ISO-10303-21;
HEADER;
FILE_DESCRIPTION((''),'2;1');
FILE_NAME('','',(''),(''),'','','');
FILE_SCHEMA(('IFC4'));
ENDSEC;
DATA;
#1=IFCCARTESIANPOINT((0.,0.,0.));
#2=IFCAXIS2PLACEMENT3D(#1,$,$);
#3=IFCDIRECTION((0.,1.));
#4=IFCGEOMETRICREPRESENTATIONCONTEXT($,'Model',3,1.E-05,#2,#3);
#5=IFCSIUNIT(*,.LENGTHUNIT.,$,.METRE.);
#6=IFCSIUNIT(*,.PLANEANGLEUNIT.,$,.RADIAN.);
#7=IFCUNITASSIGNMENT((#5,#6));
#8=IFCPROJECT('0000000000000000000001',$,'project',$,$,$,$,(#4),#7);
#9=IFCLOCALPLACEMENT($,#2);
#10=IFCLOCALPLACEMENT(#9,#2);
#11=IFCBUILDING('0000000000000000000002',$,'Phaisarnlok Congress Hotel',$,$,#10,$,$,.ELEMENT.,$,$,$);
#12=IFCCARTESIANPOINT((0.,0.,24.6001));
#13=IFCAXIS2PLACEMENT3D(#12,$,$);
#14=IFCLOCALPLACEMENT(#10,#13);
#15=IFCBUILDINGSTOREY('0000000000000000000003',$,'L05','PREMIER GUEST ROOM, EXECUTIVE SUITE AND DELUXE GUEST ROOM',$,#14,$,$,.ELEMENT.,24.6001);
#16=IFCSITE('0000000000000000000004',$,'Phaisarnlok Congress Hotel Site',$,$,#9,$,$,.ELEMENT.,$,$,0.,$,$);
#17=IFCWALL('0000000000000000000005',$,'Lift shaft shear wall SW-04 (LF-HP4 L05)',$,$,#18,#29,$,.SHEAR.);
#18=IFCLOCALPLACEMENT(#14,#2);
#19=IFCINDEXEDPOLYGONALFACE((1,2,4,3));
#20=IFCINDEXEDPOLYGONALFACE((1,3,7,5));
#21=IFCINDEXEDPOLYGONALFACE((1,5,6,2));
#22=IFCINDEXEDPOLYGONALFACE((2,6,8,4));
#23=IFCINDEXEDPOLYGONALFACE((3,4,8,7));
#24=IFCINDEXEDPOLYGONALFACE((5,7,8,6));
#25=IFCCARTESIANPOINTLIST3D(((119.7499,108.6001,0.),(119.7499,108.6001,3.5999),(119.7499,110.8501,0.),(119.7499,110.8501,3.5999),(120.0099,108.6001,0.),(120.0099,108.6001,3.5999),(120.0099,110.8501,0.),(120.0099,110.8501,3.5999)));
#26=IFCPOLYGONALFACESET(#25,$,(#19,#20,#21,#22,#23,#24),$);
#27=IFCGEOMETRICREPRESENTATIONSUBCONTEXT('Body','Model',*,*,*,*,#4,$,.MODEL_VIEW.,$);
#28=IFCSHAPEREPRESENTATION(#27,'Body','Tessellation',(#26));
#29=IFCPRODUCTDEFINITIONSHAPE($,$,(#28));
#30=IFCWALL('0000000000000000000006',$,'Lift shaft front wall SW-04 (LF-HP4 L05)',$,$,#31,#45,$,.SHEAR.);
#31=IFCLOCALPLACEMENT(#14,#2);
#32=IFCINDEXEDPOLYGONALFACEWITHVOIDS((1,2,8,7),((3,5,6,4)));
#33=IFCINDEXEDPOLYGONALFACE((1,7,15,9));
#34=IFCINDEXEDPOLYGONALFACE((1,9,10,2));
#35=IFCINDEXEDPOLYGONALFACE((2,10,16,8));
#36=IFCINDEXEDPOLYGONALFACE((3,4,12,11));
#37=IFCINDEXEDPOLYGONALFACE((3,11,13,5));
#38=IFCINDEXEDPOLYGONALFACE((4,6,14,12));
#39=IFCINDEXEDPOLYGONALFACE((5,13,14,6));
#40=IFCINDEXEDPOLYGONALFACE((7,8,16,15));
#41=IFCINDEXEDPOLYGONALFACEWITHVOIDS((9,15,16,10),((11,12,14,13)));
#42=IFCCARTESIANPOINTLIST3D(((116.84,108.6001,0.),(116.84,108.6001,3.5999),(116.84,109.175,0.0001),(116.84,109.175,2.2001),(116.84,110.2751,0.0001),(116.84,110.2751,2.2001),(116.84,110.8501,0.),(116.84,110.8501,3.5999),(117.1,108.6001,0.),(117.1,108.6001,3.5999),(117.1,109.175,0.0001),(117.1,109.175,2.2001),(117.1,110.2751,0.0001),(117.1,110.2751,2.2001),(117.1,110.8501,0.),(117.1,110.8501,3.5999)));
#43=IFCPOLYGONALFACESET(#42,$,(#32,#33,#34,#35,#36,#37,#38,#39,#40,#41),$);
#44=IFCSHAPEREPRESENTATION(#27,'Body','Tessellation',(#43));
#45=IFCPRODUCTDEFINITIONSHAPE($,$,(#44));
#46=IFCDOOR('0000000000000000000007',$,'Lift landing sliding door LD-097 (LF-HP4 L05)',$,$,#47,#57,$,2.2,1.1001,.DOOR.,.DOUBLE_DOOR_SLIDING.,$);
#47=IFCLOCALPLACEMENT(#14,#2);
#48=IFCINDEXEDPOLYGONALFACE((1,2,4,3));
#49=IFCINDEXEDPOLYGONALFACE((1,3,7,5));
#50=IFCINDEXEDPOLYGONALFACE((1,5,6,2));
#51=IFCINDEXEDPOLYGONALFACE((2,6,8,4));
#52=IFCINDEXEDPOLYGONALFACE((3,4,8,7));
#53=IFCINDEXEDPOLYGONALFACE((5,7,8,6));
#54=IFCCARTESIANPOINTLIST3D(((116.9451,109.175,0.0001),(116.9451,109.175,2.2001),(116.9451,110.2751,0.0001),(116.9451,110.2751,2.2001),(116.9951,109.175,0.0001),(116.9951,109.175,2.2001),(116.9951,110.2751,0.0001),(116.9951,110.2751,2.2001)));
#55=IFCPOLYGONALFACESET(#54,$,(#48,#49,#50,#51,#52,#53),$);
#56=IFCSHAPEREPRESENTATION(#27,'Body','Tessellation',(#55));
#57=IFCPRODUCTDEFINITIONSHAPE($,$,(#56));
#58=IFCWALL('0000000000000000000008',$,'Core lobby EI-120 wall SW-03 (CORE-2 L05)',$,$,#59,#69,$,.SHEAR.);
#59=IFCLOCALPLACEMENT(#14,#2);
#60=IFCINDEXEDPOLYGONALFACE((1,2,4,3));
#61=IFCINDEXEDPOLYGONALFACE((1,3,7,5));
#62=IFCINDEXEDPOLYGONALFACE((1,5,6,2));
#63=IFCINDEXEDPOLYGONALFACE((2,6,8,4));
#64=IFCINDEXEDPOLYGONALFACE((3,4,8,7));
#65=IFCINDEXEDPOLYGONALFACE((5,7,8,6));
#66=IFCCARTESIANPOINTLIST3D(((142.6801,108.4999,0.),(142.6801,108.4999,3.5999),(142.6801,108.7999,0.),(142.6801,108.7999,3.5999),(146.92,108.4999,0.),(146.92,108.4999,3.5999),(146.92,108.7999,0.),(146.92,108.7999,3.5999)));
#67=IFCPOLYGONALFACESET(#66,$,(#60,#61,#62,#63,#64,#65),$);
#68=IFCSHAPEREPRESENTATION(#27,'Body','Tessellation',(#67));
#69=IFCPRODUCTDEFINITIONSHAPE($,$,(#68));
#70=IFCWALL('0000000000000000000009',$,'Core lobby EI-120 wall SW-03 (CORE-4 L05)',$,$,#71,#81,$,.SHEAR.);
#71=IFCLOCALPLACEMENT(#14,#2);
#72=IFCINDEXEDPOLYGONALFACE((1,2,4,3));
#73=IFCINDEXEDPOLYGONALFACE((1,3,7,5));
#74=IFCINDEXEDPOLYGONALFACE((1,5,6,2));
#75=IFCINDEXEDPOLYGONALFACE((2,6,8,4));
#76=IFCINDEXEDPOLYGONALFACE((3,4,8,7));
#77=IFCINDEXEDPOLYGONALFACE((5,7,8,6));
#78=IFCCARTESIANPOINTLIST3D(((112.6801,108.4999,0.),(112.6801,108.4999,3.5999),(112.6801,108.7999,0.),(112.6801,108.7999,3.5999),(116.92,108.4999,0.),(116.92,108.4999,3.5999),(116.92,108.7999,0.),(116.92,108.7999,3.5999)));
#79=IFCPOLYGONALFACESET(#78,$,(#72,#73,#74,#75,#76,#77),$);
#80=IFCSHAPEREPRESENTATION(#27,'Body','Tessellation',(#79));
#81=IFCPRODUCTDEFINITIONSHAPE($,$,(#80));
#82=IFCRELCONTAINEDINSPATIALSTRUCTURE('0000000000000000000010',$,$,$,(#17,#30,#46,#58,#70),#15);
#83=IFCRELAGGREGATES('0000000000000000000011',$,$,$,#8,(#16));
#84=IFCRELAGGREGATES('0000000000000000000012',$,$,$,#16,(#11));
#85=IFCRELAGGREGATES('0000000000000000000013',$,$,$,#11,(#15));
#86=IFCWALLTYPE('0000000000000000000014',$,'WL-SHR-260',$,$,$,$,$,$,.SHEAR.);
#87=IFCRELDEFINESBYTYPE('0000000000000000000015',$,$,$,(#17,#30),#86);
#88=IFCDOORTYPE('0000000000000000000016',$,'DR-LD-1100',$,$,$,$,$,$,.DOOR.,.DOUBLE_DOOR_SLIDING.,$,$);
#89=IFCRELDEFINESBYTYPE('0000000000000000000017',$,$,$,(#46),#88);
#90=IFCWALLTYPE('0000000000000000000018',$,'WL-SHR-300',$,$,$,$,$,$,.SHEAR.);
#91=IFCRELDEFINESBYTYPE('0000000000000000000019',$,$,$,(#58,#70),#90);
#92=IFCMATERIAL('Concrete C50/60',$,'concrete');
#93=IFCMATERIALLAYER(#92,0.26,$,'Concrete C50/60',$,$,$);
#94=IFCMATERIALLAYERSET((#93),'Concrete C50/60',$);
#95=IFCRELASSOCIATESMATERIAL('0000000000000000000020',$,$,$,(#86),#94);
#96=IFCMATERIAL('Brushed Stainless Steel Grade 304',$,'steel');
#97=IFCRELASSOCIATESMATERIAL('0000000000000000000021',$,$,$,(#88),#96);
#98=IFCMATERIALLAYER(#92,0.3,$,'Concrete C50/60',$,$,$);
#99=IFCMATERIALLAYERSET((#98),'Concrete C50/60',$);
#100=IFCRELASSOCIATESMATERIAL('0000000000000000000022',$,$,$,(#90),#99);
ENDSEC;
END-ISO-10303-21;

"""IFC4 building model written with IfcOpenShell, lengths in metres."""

from ifc_helpers import new_model, si_unit, direction, frame, frame_2d, origin, place, context, subcontext, project, spatial, rectangle, extrude, material, layer, layer_set, type_object, element, fill, save


model = new_model("IFC4")

# Units and contexts
model_context = context("Model", 3, precision=1e-05, world=origin(), true_north=direction((0.0, 1.0)))
body_context = subcontext(model_context, "Body", "Model", "MODEL_VIEW")
ifc_project = project(units=[si_unit("LENGTHUNIT", "METRE"), si_unit("PLANEANGLEUNIT", "RADIAN")], contexts=[model_context])

# Site, building, storey
site_placement = place(None, origin())
site = spatial("IfcSite", under=ifc_project, at=site_placement, Name="Phaisarnlok Congress Hotel Site", CompositionType="ELEMENT", RefElevation=0.0)
building_placement = place(site_placement, origin())
building = spatial("IfcBuilding", under=site, at=building_placement, Name="Phaisarnlok Congress Hotel", CompositionType="ELEMENT")
storey_placement = place(building_placement, frame((0.0, 0.0, 24.6001)))
storey = spatial("IfcBuildingStorey", under=building, at=storey_placement, Name="L05", Description="PREMIER GUEST ROOM, EXECUTIVE SUITE AND DELUXE GUEST ROOM", CompositionType="ELEMENT", Elevation=24.6001)

# Shared definitions
ifc_material_1 = material(Name="Concrete C50/60", Category="concrete")
ifc_layer_1 = layer(ifc_material_1, 0.26, Name="Concrete C50/60")
ifc_layer_set_1 = layer_set([ifc_layer_1], Name="Concrete C50/60")
wall_type_1 = type_object("IfcWallType", Name="WL-SHR-260", PredefinedType="SHEAR", material=ifc_layer_set_1)

# Shared definitions
ifc_material_2 = material(Name="Brushed Stainless Steel Grade 304", Category="steel")
door_type = type_object("IfcDoorType", Name="DR-LD-1100", OperationType="DOUBLE_DOOR_SLIDING", PredefinedType="DOOR", material=ifc_material_2)

# Wall
wall_1_placement = place(storey_placement, frame((119.8799, 108.6001, 0.0), z_axis=(0.0, 0.0, 1.0), x_axis=(0.0, 1.0, 0.0)))
element("IfcWall", 1, at=wall_1_placement, inside=storey, type_object=wall_type_1, Name="Lift shaft shear wall SW-04 (LF-HP4 L05)", PredefinedType="SHEAR", context=body_context, shape_type="SweptSolid", body=[
    extrude(rectangle(XDim=2.25, YDim=0.26, at=frame_2d((1.125, 0.0))), origin(), (0.0, 0.0, 1.0), 3.5999),
])

# Wall, opening, door
wall_2_placement = place(storey_placement, frame((116.97, 108.6001, 0.0), z_axis=(0.0, 0.0, 1.0), x_axis=(0.0, 1.0, 0.0)))
wall_2 = element("IfcWall", 2, at=wall_2_placement, inside=storey, type_object=wall_type_1, Name="Lift shaft front wall SW-04 (LF-HP4 L05)", PredefinedType="SHEAR", context=body_context, shape_type="SweptSolid", body=[
    extrude(rectangle(XDim=2.25, YDim=0.26, at=frame_2d((1.125, 0.0))), origin(), (0.0, 0.0, 1.0), 3.5999),
])
opening_1_placement = place(wall_2_placement, frame((0.575, 0.0, 0.0)))
opening_1 = element("IfcOpeningElement", 3, at=opening_1_placement, cuts=wall_2, PredefinedType="OPENING", context=body_context, shape_type="SweptSolid", body=[
    extrude(rectangle(XDim=1.1001, YDim=2.2, at=frame_2d((0.55, 1.1001))), frame((0.0, 0.1401, 0.0), z_axis=(0.0, -1.0, 0.0), x_axis=(1.0, 0.0, 0.0)), (0.0, 0.0, 1.0), 0.28),
])
door_1_placement = place(opening_1_placement, origin())
door_1 = element("IfcDoor", 4, at=door_1_placement, inside=storey, type_object=door_type, Name="Lift landing sliding door LD-097 (LF-HP4 L05)", OperationType="DOUBLE_DOOR_SLIDING", OverallHeight=2.2, OverallWidth=1.1001, PredefinedType="DOOR", context=body_context, shape_type="SweptSolid", body=[
    extrude(rectangle(XDim=1.1001, YDim=2.2, at=frame_2d((0.55, 1.1001))), frame((0.0, 0.0249, 0.0), z_axis=(0.0, -1.0, 0.0), x_axis=(1.0, 0.0, 0.0)), (0.0, 0.0, 1.0), 0.05),
])
fill(opening_1, door_1)

# Walls
ifc_layer_2 = layer(ifc_material_1, 0.3, Name="Concrete C50/60")
ifc_layer_set_2 = layer_set([ifc_layer_2], Name="Concrete C50/60")
wall_type_2 = type_object("IfcWallType", Name="WL-SHR-300", PredefinedType="SHEAR", material=ifc_layer_set_2)
for number, where, z_axis, x_axis, name in (
    (5, (142.6799, 108.6499, 0.0), (0.0, 0.0, 1.0), (1.0, 0.0, 0.0), "Core lobby EI-120 wall SW-03 (CORE-2 L05)"),
    (6, (112.6799, 108.6499, 0.0), (0.0, 0.0, 1.0), (1.0, 0.0, 0.0), "Core lobby EI-120 wall SW-03 (CORE-4 L05)"),
):
    element("IfcWall", number, at=place(storey_placement, frame(where, z_axis=z_axis, x_axis=x_axis)), inside=storey, type_object=wall_type_2, Name=name, PredefinedType="SHEAR", context=body_context, shape_type="SweptSolid", body=[
        extrude(rectangle(XDim=4.24, YDim=0.3, at=frame_2d((2.1201, 0.0))), origin(), (0.0, 0.0, 1.0), 3.5999),
    ])

save(model, "model.ifc")
